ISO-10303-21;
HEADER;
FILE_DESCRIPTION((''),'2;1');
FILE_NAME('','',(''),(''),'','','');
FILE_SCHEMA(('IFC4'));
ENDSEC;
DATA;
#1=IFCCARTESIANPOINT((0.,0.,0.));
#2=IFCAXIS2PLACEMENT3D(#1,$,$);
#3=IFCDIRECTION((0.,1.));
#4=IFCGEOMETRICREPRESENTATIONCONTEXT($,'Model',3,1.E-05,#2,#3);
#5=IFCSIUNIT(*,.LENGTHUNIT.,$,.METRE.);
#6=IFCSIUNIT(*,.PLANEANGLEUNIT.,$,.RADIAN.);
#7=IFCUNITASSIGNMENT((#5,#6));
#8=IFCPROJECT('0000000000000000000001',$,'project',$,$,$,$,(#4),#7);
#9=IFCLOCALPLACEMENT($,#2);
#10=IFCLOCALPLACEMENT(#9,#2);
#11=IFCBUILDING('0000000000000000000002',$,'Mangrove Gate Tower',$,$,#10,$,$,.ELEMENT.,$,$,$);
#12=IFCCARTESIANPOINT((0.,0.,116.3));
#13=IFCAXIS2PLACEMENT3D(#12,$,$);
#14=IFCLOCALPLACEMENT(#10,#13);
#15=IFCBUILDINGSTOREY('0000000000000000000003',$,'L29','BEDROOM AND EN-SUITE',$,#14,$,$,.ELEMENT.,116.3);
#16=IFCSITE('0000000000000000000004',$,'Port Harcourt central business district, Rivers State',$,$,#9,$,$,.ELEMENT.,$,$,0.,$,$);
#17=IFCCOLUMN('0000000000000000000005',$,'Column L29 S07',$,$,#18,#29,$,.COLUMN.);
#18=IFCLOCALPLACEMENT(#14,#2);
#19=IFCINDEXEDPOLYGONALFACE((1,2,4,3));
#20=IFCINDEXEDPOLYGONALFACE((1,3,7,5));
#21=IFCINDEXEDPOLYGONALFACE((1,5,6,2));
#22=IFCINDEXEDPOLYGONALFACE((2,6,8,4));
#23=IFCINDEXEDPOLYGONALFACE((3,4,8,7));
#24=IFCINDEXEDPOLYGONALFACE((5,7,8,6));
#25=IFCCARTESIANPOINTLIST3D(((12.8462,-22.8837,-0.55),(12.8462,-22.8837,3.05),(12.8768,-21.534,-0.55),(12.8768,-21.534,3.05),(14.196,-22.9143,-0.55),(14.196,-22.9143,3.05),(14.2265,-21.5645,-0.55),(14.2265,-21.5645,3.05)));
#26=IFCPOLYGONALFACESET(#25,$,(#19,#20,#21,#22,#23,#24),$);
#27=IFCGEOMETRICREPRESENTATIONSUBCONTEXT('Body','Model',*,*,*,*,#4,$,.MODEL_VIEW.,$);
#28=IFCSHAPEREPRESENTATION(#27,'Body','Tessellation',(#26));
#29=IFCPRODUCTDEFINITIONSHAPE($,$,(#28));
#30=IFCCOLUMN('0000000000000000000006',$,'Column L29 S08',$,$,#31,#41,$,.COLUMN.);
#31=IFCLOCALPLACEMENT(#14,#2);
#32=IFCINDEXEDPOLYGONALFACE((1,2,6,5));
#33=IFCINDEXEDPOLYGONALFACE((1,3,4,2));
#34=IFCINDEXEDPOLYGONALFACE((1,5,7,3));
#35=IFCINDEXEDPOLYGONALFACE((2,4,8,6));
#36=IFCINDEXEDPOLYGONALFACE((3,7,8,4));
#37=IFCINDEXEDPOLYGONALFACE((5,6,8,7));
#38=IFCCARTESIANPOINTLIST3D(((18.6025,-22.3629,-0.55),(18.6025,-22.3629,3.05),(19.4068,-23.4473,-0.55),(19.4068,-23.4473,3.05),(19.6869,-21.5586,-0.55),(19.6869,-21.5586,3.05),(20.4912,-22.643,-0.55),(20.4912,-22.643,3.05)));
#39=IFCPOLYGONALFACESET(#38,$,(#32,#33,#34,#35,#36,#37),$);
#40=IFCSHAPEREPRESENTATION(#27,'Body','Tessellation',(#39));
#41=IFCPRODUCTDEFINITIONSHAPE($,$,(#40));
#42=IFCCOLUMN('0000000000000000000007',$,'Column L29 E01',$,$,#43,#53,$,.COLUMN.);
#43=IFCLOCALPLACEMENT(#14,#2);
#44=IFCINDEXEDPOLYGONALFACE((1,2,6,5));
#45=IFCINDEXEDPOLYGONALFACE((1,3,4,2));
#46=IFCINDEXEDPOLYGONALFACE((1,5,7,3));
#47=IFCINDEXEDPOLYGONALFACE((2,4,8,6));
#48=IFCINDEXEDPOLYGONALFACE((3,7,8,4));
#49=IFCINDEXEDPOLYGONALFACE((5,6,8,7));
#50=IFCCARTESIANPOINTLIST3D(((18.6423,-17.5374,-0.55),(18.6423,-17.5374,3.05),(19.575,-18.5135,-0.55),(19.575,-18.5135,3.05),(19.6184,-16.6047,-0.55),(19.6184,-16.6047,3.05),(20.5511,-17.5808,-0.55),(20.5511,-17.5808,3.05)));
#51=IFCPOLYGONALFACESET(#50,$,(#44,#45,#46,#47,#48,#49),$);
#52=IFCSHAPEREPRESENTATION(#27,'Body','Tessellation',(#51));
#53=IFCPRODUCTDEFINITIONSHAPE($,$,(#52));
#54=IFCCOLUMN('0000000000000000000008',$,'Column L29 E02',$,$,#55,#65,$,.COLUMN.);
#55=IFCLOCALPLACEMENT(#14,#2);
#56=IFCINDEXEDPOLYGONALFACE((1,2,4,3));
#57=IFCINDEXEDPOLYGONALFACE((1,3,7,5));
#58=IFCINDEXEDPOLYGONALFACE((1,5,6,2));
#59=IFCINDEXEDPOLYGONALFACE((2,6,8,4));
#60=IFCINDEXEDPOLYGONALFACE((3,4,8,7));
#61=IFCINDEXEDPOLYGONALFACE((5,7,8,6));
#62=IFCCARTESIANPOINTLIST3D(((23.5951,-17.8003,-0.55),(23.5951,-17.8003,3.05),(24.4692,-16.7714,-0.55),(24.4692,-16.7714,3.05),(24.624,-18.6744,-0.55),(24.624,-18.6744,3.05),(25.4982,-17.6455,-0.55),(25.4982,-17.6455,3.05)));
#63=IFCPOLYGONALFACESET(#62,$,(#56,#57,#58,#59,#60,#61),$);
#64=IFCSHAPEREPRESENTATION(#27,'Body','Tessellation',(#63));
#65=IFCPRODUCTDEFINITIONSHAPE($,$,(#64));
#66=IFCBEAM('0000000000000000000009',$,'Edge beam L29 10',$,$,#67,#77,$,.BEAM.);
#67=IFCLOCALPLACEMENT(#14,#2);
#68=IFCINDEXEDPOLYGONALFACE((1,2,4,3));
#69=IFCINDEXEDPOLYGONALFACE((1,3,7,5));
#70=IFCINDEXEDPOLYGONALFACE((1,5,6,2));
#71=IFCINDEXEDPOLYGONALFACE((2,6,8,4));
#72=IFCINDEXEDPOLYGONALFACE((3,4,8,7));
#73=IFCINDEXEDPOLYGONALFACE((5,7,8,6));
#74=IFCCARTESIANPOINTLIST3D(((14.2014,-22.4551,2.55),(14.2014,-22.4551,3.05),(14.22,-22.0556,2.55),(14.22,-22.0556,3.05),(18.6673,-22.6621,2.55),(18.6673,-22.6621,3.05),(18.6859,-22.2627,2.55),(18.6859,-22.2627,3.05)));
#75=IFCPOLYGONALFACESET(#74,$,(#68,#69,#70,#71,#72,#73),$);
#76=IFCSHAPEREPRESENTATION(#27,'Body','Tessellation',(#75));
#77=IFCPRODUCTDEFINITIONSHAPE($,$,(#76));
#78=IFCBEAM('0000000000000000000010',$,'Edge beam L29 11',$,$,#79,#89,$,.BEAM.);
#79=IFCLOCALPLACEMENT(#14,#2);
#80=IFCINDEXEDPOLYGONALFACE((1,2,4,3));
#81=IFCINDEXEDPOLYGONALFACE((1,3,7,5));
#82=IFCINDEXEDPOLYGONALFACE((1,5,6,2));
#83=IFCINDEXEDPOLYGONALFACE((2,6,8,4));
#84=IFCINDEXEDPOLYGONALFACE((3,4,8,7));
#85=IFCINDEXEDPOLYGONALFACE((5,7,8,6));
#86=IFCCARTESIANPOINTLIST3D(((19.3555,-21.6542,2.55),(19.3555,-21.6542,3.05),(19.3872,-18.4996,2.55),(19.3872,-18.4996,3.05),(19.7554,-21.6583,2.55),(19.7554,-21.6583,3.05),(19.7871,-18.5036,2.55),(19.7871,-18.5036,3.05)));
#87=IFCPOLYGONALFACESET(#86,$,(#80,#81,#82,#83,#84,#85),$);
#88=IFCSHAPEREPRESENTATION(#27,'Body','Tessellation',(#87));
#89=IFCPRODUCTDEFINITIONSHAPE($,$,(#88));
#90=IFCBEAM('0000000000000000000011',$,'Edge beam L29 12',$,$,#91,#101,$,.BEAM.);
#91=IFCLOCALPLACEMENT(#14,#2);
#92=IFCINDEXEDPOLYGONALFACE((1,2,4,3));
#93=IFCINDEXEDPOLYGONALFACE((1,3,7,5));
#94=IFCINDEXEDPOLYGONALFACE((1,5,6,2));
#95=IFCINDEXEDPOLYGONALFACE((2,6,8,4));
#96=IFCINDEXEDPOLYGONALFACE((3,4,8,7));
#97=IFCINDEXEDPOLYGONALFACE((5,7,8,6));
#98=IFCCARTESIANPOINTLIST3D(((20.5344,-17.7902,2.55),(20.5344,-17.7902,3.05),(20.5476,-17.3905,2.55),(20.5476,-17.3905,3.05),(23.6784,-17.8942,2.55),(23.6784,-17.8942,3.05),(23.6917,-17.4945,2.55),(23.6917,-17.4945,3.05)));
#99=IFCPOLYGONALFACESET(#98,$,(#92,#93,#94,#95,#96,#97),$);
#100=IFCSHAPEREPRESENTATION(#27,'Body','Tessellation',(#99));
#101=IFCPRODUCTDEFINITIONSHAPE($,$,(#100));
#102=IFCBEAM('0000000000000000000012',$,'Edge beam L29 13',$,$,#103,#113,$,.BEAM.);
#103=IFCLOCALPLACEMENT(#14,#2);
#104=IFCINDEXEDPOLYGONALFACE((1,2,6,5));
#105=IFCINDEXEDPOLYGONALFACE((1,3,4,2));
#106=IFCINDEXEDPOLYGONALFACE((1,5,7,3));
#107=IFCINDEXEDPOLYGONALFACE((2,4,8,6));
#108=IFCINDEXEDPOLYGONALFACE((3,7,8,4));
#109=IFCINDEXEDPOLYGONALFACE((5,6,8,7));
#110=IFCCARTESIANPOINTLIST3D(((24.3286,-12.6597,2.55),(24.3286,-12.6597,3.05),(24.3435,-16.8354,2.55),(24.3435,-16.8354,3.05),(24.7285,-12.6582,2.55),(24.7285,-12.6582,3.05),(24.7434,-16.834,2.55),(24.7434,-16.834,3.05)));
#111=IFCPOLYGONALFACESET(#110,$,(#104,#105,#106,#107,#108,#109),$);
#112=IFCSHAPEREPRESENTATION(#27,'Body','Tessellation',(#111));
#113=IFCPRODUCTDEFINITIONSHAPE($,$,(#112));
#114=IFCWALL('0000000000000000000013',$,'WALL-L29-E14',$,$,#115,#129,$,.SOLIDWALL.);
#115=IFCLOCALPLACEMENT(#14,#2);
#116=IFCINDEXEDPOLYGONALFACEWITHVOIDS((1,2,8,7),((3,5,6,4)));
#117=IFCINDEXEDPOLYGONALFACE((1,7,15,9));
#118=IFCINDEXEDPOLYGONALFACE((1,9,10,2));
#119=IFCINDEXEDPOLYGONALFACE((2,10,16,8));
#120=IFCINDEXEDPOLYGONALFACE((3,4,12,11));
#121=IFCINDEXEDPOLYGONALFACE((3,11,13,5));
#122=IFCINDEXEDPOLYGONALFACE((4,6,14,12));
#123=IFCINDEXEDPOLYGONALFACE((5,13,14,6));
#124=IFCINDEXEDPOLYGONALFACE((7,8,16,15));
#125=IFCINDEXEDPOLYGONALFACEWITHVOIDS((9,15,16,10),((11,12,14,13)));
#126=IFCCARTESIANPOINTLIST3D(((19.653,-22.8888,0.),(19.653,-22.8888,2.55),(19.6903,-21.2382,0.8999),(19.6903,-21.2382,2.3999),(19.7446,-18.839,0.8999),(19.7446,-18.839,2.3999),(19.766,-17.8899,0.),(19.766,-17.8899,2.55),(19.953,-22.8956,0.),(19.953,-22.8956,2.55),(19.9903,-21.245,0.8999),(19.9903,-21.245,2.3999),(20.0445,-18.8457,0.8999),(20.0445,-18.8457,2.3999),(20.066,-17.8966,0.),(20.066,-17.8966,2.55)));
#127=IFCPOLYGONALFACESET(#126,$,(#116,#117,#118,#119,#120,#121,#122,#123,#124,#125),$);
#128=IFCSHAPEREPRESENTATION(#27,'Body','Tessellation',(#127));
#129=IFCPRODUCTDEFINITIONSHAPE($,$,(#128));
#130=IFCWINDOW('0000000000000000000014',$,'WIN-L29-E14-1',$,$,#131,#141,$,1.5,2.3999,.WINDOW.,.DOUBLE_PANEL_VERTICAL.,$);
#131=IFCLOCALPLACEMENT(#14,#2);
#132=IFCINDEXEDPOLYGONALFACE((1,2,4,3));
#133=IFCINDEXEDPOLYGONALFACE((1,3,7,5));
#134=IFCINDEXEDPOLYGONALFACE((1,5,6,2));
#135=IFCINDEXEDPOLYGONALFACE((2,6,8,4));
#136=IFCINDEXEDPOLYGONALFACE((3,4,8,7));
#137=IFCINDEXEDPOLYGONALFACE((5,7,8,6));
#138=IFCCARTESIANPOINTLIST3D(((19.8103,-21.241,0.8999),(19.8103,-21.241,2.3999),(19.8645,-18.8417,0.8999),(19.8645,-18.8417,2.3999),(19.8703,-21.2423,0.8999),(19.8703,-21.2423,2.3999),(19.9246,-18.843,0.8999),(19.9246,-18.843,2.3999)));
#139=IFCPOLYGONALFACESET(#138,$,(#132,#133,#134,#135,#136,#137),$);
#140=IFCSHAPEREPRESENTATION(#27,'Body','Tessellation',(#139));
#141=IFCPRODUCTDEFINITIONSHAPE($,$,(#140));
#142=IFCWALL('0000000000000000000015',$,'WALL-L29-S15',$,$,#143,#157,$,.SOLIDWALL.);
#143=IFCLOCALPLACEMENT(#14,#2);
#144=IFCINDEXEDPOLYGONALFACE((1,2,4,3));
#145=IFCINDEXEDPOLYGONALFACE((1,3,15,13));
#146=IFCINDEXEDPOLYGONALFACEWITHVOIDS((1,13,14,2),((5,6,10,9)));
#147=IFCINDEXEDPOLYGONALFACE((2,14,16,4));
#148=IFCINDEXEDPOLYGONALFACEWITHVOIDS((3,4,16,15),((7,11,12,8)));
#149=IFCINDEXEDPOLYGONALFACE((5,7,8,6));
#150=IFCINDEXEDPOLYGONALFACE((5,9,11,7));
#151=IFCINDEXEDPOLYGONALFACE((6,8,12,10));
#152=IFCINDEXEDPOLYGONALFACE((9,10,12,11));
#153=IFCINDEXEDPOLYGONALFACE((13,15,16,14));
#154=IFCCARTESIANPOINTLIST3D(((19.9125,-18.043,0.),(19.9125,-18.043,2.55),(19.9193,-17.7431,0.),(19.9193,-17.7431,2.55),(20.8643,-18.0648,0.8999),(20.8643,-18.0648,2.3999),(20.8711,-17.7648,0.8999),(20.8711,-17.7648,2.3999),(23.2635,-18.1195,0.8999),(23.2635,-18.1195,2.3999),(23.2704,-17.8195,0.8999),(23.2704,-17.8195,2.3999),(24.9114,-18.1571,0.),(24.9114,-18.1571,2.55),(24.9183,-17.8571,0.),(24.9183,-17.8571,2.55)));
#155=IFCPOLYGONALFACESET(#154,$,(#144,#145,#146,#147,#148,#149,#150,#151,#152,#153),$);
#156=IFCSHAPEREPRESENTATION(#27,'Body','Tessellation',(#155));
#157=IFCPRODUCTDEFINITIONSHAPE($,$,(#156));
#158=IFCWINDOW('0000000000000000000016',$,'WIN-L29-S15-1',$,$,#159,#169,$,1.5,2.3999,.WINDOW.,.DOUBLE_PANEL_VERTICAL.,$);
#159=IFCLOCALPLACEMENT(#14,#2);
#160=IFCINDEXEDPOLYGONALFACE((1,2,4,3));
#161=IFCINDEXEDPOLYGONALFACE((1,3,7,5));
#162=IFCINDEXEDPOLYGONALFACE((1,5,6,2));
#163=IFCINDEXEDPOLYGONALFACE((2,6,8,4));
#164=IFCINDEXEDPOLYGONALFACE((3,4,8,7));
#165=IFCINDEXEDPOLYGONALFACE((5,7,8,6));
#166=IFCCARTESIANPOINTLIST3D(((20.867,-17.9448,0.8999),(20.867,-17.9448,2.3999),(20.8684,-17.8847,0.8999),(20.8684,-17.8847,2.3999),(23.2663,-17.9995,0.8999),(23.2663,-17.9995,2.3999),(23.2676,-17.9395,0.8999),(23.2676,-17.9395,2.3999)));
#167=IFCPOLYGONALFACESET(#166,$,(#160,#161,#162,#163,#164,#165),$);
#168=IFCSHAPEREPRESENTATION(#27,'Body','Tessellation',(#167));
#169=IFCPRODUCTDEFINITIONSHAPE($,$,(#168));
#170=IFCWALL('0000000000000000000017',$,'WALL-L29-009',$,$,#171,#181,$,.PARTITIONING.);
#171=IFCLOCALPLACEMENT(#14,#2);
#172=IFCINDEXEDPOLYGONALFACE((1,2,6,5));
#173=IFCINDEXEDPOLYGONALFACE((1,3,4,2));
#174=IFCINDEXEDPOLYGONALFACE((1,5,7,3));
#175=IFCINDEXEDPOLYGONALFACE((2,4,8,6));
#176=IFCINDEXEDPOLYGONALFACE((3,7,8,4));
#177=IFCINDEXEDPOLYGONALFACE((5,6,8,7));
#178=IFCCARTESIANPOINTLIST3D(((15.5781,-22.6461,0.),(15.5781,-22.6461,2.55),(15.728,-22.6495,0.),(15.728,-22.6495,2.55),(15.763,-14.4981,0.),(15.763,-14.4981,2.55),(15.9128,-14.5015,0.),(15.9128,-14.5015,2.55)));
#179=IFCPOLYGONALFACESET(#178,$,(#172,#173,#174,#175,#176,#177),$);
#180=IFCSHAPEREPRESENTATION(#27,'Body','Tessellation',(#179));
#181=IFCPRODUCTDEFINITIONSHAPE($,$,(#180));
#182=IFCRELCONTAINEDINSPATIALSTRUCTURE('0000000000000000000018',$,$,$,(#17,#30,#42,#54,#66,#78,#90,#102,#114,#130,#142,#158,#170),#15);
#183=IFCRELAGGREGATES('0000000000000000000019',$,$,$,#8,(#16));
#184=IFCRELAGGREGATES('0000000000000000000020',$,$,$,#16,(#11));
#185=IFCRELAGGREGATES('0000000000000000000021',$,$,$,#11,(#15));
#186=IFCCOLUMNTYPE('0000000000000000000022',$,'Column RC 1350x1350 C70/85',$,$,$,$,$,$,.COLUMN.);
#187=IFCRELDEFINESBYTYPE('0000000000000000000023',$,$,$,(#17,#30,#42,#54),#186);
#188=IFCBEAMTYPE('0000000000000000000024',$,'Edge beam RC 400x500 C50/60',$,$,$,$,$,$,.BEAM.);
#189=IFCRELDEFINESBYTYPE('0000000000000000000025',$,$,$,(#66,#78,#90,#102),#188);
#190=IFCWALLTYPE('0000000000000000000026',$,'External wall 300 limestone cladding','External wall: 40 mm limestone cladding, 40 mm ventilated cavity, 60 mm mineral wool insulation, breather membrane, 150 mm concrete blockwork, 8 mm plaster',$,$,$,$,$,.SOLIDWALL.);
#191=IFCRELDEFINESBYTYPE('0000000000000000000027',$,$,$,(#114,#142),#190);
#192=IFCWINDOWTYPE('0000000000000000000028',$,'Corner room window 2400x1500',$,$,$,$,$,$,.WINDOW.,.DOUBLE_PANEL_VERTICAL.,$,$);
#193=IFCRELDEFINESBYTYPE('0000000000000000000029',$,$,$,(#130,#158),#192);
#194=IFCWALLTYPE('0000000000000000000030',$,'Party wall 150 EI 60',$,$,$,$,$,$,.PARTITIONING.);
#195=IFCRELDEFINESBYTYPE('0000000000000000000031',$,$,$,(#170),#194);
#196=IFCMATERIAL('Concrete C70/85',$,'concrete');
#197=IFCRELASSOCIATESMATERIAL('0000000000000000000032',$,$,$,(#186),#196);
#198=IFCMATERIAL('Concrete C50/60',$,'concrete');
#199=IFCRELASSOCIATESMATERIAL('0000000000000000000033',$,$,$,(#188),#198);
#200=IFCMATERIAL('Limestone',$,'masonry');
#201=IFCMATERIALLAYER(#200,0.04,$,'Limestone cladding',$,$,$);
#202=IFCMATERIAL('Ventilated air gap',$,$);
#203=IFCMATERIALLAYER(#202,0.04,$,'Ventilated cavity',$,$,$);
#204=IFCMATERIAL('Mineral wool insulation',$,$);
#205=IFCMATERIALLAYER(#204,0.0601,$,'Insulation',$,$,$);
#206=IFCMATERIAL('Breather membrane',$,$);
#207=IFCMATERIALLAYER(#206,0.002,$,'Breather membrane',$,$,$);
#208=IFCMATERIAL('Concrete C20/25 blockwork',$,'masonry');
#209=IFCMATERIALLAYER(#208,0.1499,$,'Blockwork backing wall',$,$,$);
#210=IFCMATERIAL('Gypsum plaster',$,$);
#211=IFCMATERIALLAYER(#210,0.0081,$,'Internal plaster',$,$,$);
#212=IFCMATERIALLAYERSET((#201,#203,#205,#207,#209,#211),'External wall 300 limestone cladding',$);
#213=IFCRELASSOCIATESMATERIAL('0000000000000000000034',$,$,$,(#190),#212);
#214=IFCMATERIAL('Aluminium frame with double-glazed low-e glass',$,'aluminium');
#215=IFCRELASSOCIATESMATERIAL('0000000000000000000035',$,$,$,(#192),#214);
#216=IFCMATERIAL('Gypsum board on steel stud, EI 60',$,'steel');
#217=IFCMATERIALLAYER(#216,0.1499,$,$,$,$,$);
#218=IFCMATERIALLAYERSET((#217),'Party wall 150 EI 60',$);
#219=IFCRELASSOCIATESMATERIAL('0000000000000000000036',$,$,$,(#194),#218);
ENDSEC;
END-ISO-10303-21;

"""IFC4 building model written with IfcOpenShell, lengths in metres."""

from ifc_helpers import new_model, si_unit, direction, frame, frame_2d, origin, origin_2d, place, context, subcontext, project, spatial, rectangle, extrude, material, layer, layer_set, material_profile, profile_set, type_object, element, fill, save


model = new_model("IFC4")

# Units and contexts
model_context = context("Model", 3, precision=1e-05, world=origin(), true_north=direction((0.0, 1.0)))
body_context = subcontext(model_context, "Body", "Model", "MODEL_VIEW")
ifc_project = project(units=[si_unit("LENGTHUNIT", "METRE"), si_unit("PLANEANGLEUNIT", "RADIAN")], contexts=[model_context])

# Site, building, storey
site_placement = place(None, origin())
site = spatial("IfcSite", under=ifc_project, at=site_placement, Name="Port Harcourt central business district, Rivers State", CompositionType="ELEMENT", RefElevation=0.0)
building_placement = place(site_placement, origin())
building = spatial("IfcBuilding", under=site, at=building_placement, Name="Mangrove Gate Tower", CompositionType="ELEMENT")
storey_placement = place(building_placement, frame((0.0, 0.0, 116.3)))
storey = spatial("IfcBuildingStorey", under=building, at=storey_placement, Name="L29", Description="BEDROOM AND EN-SUITE", CompositionType="ELEMENT", Elevation=116.3)

# Columns
ifc_material_1 = material(Name="Concrete C70/85", Category="concrete")
ifc_material_profile_1 = material_profile(ifc_material_1, rectangle(XDim=1.3501, YDim=1.3501, at=origin_2d()))
ifc_profile_set_1 = profile_set([ifc_material_profile_1], Name="Concrete C70/85")
column_type = type_object("IfcColumnType", Name="Column RC 1350x1350 C70/85", PredefinedType="COLUMN", material=ifc_profile_set_1)
for number, where, z_axis, x_axis, name in (
    (1, (13.5364, -22.2241, -0.55), (0.0, 0.0, 1.0), (0.999744, -0.02263, 0.0), "Column L29 S07"),
    (2, (19.5469, -22.5029, -0.55), (0.0, 0.0, 1.0), (0.8032, 0.595709, 0.0), "Column L29 S08"),
    (3, (19.5967, -17.5591, -0.55), (0.0, 0.0, 1.0), (0.722977, 0.690873, 0.0), "Column L29 E01"),
    (4, (24.5466, -17.7229, -0.55), (0.0, 0.0, 1.0), (0.647444, 0.762113, 0.0), "Column L29 E02"),
):
    element("IfcColumn", number, at=place(storey_placement, frame(where, z_axis=z_axis, x_axis=x_axis)), inside=storey, type_object=column_type, Name=name, PredefinedType="COLUMN", context=body_context, shape_type="SweptSolid", body=[
        extrude(rectangle(XDim=1.3501, YDim=1.3501, at=origin_2d()), origin(), (0.0, 0.0, 1.0), 3.6001),
    ])

# Beams
ifc_material_2 = material(Name="Concrete C50/60", Category="concrete")
ifc_material_profile_2 = material_profile(ifc_material_2, rectangle(XDim=0.3999, YDim=0.5, at=origin_2d()))
ifc_profile_set_2 = profile_set([ifc_material_profile_2], Name="Concrete C50/60")
beam_type = type_object("IfcBeamType", Name="Edge beam RC 400x500 C50/60", PredefinedType="BEAM", material=ifc_profile_set_2)
beam_1_placement = place(storey_placement, frame((14.2107, -22.2554, 2.8), z_axis=(0.998927, -0.046309, 0.0), x_axis=(0.046309, 0.998927, 0.0)))
element("IfcBeam", 5, at=beam_1_placement, inside=storey, type_object=beam_type, Name="Edge beam L29 10", PredefinedType="BEAM", context=body_context, shape_type="SweptSolid", body=[
    extrude(rectangle(XDim=0.3999, YDim=0.5, at=origin_2d()), origin(), (0.0, 0.0, 1.0), 4.4707),
])
beam_2_placement = place(storey_placement, frame((19.5554, -21.6562, 2.8), z_axis=(0.010061, 0.999949, 0.0), x_axis=(-0.999949, 0.010061, 0.0)))
element("IfcBeam", 6, at=beam_2_placement, inside=storey, type_object=beam_type, Name="Edge beam L29 11", PredefinedType="BEAM", context=body_context, shape_type="SweptSolid", body=[
    extrude(rectangle(XDim=0.3999, YDim=0.5, at=origin_2d()), origin(), (0.0, 0.0, 1.0), 3.1548),
])
beam_3_placement = place(storey_placement, frame((20.541, -17.5903, 2.8), z_axis=(0.999453, -0.033062, 0.0), x_axis=(0.033062, 0.999453, 0.0)))
element("IfcBeam", 7, at=beam_3_placement, inside=storey, type_object=beam_type, Name="Edge beam L29 12", PredefinedType="BEAM", context=body_context, shape_type="SweptSolid", body=[
    extrude(rectangle(XDim=0.3999, YDim=0.5, at=origin_2d()), origin(), (0.0, 0.0, 1.0), 3.1458),
])
beam_4_placement = place(storey_placement, frame((24.5435, -16.8347, 2.8), z_axis=(-0.003566, 0.999994, 0.0), x_axis=(-0.999994, -0.003566, 0.0)))
element("IfcBeam", 8, at=beam_4_placement, inside=storey, type_object=beam_type, Name="Edge beam L29 13", PredefinedType="BEAM", context=body_context, shape_type="SweptSolid", body=[
    extrude(rectangle(XDim=0.3999, YDim=0.5, at=origin_2d()), origin(), (0.0, 0.0, 1.0), 4.1758),
])

# Shared definitions
ifc_material_3 = material(Name="Limestone", Category="masonry")
ifc_layer_1 = layer(ifc_material_3, 0.04, Name="Limestone cladding")
ifc_material_4 = material(Name="Ventilated air gap")
ifc_layer_2 = layer(ifc_material_4, 0.04, Name="Ventilated cavity")
ifc_material_5 = material(Name="Mineral wool insulation")
ifc_layer_3 = layer(ifc_material_5, 0.0601, Name="Insulation")
ifc_material_6 = material(Name="Breather membrane")
ifc_layer_4 = layer(ifc_material_6, 0.002, Name="Breather membrane")
ifc_material_7 = material(Name="Concrete C20/25 blockwork", Category="masonry")
ifc_layer_5 = layer(ifc_material_7, 0.1499, Name="Blockwork backing wall")
ifc_material_8 = material(Name="Gypsum plaster")
ifc_layer_6 = layer(ifc_material_8, 0.0081, Name="Internal plaster")
ifc_layer_set_1 = layer_set([ifc_layer_1, ifc_layer_2, ifc_layer_3, ifc_layer_4, ifc_layer_5, ifc_layer_6], Name="External wall 300 limestone cladding")
wall_type_1 = type_object("IfcWallType", Name="External wall 300 limestone cladding", Description="External wall: 40 mm limestone cladding, 40 mm ventilated cavity, 60 mm mineral wool insulation, breather membrane, 150 mm concrete blockwork, 8 mm plaster", PredefinedType="SOLIDWALL", material=ifc_layer_set_1)
ifc_material_9 = material(Name="Aluminium frame with double-glazed low-e glass", Category="aluminium")
window_type = type_object("IfcWindowType", Name="Corner room window 2400x1500", PartitioningType="DOUBLE_PANEL_VERTICAL", PredefinedType="WINDOW", material=ifc_material_9)

# Walls, openings, windows
wall_1_placement = place(storey_placement, frame((19.803, -22.8921, 0.0), z_axis=(0.0, 0.0, 1.0), x_axis=(0.022606, 0.999744, 0.0)))
wall_1 = element("IfcWall", 9, at=wall_1_placement, inside=storey, type_object=wall_type_1, Name="WALL-L29-E14", PredefinedType="SOLIDWALL", context=body_context, shape_type="SweptSolid", body=[
    extrude(rectangle(XDim=5.0002, YDim=0.3, at=frame_2d((2.5, 0.0))), origin(), (0.0, 0.0, 1.0), 2.55),
])
opening_1_placement = place(wall_1_placement, frame((1.6509, 0.0, 0.8999)))
opening_1 = element("IfcOpeningElement", 10, at=opening_1_placement, cuts=wall_1, PredefinedType="OPENING", context=body_context, shape_type="SweptSolid", body=[
    extrude(rectangle(XDim=2.3999, YDim=1.5, at=frame_2d((1.2, 0.75))), frame((0.0, 0.1599, 0.0), z_axis=(0.0, -1.0, 0.0), x_axis=(1.0, 0.0, 0.0)), (0.0, 0.0, 1.0), 0.3201),
])
window_1_placement = place(opening_1_placement, origin())
window_1 = element("IfcWindow", 11, at=window_1_placement, inside=storey, type_object=window_type, Name="WIN-L29-E14-1", OverallHeight=1.5, OverallWidth=2.3999, PartitioningType="DOUBLE_PANEL_VERTICAL", PredefinedType="WINDOW", context=body_context, shape_type="SweptSolid", body=[
    extrude(rectangle(XDim=2.3999, YDim=1.5, at=frame_2d((1.2, 0.75))), frame((0.0, 0.03, 0.0), z_axis=(0.0, -1.0, 0.0), x_axis=(1.0, 0.0, 0.0)), (0.0, 0.0, 1.0), 0.0601),
])
fill(opening_1, window_1)
wall_2_placement = place(storey_placement, frame((19.916, -17.8931, 0.0), z_axis=(0.0, 0.0, 1.0), x_axis=(0.99974, -0.022801, 0.0)))
wall_2 = element("IfcWall", 12, at=wall_2_placement, inside=storey, type_object=wall_type_1, Name="WALL-L29-S15", PredefinedType="SOLIDWALL", context=body_context, shape_type="SweptSolid", body=[
    extrude(rectangle(XDim=5.0002, YDim=0.3, at=frame_2d((2.5, 0.0))), origin(), (0.0, 0.0, 1.0), 2.55),
])
opening_2_placement = place(wall_2_placement, frame((0.9519, 0.0, 0.8999)))
opening_2 = element("IfcOpeningElement", 13, at=opening_2_placement, cuts=wall_2, PredefinedType="OPENING", context=body_context, shape_type="SweptSolid", body=[
    extrude(rectangle(XDim=2.3999, YDim=1.5, at=frame_2d((1.2, 0.75))), frame((0.0, 0.1599, 0.0), z_axis=(0.0, -1.0, 0.0), x_axis=(1.0, 0.0, 0.0)), (0.0, 0.0, 1.0), 0.3201),
])
window_2_placement = place(opening_2_placement, origin())
window_2 = element("IfcWindow", 14, at=window_2_placement, inside=storey, type_object=window_type, Name="WIN-L29-S15-1", OverallHeight=1.5, OverallWidth=2.3999, PartitioningType="DOUBLE_PANEL_VERTICAL", PredefinedType="WINDOW", context=body_context, shape_type="SweptSolid", body=[
    extrude(rectangle(XDim=2.3999, YDim=1.5, at=frame_2d((1.2, 0.75))), frame((0.0, 0.03, 0.0), z_axis=(0.0, -1.0, 0.0), x_axis=(1.0, 0.0, 0.0)), (0.0, 0.0, 1.0), 0.0601),
])
fill(opening_2, window_2)

# Wall
ifc_material_10 = material(Name="Gypsum board on steel stud, EI 60", Category="steel")
ifc_layer_7 = layer(ifc_material_10, 0.1499)
ifc_layer_set_2 = layer_set([ifc_layer_7], Name="Party wall 150 EI 60")
wall_type_2 = type_object("IfcWallType", Name="Party wall 150 EI 60", PredefinedType="PARTITIONING", material=ifc_layer_set_2)
wall_3_placement = place(storey_placement, frame((15.6531, -22.6479, 0.0), z_axis=(0.0, 0.0, 1.0), x_axis=(0.022676, 0.999743, 0.0)))
element("IfcWall", 15, at=wall_3_placement, inside=storey, type_object=wall_type_2, Name="WALL-L29-009", PredefinedType="PARTITIONING", context=body_context, shape_type="SweptSolid", body=[
    extrude(rectangle(XDim=8.1501, YDim=0.1499, at=frame_2d((4.0752, 0.0))), origin(), (0.0, 0.0, 1.0), 2.55),
])

save(model, "model.ifc")
